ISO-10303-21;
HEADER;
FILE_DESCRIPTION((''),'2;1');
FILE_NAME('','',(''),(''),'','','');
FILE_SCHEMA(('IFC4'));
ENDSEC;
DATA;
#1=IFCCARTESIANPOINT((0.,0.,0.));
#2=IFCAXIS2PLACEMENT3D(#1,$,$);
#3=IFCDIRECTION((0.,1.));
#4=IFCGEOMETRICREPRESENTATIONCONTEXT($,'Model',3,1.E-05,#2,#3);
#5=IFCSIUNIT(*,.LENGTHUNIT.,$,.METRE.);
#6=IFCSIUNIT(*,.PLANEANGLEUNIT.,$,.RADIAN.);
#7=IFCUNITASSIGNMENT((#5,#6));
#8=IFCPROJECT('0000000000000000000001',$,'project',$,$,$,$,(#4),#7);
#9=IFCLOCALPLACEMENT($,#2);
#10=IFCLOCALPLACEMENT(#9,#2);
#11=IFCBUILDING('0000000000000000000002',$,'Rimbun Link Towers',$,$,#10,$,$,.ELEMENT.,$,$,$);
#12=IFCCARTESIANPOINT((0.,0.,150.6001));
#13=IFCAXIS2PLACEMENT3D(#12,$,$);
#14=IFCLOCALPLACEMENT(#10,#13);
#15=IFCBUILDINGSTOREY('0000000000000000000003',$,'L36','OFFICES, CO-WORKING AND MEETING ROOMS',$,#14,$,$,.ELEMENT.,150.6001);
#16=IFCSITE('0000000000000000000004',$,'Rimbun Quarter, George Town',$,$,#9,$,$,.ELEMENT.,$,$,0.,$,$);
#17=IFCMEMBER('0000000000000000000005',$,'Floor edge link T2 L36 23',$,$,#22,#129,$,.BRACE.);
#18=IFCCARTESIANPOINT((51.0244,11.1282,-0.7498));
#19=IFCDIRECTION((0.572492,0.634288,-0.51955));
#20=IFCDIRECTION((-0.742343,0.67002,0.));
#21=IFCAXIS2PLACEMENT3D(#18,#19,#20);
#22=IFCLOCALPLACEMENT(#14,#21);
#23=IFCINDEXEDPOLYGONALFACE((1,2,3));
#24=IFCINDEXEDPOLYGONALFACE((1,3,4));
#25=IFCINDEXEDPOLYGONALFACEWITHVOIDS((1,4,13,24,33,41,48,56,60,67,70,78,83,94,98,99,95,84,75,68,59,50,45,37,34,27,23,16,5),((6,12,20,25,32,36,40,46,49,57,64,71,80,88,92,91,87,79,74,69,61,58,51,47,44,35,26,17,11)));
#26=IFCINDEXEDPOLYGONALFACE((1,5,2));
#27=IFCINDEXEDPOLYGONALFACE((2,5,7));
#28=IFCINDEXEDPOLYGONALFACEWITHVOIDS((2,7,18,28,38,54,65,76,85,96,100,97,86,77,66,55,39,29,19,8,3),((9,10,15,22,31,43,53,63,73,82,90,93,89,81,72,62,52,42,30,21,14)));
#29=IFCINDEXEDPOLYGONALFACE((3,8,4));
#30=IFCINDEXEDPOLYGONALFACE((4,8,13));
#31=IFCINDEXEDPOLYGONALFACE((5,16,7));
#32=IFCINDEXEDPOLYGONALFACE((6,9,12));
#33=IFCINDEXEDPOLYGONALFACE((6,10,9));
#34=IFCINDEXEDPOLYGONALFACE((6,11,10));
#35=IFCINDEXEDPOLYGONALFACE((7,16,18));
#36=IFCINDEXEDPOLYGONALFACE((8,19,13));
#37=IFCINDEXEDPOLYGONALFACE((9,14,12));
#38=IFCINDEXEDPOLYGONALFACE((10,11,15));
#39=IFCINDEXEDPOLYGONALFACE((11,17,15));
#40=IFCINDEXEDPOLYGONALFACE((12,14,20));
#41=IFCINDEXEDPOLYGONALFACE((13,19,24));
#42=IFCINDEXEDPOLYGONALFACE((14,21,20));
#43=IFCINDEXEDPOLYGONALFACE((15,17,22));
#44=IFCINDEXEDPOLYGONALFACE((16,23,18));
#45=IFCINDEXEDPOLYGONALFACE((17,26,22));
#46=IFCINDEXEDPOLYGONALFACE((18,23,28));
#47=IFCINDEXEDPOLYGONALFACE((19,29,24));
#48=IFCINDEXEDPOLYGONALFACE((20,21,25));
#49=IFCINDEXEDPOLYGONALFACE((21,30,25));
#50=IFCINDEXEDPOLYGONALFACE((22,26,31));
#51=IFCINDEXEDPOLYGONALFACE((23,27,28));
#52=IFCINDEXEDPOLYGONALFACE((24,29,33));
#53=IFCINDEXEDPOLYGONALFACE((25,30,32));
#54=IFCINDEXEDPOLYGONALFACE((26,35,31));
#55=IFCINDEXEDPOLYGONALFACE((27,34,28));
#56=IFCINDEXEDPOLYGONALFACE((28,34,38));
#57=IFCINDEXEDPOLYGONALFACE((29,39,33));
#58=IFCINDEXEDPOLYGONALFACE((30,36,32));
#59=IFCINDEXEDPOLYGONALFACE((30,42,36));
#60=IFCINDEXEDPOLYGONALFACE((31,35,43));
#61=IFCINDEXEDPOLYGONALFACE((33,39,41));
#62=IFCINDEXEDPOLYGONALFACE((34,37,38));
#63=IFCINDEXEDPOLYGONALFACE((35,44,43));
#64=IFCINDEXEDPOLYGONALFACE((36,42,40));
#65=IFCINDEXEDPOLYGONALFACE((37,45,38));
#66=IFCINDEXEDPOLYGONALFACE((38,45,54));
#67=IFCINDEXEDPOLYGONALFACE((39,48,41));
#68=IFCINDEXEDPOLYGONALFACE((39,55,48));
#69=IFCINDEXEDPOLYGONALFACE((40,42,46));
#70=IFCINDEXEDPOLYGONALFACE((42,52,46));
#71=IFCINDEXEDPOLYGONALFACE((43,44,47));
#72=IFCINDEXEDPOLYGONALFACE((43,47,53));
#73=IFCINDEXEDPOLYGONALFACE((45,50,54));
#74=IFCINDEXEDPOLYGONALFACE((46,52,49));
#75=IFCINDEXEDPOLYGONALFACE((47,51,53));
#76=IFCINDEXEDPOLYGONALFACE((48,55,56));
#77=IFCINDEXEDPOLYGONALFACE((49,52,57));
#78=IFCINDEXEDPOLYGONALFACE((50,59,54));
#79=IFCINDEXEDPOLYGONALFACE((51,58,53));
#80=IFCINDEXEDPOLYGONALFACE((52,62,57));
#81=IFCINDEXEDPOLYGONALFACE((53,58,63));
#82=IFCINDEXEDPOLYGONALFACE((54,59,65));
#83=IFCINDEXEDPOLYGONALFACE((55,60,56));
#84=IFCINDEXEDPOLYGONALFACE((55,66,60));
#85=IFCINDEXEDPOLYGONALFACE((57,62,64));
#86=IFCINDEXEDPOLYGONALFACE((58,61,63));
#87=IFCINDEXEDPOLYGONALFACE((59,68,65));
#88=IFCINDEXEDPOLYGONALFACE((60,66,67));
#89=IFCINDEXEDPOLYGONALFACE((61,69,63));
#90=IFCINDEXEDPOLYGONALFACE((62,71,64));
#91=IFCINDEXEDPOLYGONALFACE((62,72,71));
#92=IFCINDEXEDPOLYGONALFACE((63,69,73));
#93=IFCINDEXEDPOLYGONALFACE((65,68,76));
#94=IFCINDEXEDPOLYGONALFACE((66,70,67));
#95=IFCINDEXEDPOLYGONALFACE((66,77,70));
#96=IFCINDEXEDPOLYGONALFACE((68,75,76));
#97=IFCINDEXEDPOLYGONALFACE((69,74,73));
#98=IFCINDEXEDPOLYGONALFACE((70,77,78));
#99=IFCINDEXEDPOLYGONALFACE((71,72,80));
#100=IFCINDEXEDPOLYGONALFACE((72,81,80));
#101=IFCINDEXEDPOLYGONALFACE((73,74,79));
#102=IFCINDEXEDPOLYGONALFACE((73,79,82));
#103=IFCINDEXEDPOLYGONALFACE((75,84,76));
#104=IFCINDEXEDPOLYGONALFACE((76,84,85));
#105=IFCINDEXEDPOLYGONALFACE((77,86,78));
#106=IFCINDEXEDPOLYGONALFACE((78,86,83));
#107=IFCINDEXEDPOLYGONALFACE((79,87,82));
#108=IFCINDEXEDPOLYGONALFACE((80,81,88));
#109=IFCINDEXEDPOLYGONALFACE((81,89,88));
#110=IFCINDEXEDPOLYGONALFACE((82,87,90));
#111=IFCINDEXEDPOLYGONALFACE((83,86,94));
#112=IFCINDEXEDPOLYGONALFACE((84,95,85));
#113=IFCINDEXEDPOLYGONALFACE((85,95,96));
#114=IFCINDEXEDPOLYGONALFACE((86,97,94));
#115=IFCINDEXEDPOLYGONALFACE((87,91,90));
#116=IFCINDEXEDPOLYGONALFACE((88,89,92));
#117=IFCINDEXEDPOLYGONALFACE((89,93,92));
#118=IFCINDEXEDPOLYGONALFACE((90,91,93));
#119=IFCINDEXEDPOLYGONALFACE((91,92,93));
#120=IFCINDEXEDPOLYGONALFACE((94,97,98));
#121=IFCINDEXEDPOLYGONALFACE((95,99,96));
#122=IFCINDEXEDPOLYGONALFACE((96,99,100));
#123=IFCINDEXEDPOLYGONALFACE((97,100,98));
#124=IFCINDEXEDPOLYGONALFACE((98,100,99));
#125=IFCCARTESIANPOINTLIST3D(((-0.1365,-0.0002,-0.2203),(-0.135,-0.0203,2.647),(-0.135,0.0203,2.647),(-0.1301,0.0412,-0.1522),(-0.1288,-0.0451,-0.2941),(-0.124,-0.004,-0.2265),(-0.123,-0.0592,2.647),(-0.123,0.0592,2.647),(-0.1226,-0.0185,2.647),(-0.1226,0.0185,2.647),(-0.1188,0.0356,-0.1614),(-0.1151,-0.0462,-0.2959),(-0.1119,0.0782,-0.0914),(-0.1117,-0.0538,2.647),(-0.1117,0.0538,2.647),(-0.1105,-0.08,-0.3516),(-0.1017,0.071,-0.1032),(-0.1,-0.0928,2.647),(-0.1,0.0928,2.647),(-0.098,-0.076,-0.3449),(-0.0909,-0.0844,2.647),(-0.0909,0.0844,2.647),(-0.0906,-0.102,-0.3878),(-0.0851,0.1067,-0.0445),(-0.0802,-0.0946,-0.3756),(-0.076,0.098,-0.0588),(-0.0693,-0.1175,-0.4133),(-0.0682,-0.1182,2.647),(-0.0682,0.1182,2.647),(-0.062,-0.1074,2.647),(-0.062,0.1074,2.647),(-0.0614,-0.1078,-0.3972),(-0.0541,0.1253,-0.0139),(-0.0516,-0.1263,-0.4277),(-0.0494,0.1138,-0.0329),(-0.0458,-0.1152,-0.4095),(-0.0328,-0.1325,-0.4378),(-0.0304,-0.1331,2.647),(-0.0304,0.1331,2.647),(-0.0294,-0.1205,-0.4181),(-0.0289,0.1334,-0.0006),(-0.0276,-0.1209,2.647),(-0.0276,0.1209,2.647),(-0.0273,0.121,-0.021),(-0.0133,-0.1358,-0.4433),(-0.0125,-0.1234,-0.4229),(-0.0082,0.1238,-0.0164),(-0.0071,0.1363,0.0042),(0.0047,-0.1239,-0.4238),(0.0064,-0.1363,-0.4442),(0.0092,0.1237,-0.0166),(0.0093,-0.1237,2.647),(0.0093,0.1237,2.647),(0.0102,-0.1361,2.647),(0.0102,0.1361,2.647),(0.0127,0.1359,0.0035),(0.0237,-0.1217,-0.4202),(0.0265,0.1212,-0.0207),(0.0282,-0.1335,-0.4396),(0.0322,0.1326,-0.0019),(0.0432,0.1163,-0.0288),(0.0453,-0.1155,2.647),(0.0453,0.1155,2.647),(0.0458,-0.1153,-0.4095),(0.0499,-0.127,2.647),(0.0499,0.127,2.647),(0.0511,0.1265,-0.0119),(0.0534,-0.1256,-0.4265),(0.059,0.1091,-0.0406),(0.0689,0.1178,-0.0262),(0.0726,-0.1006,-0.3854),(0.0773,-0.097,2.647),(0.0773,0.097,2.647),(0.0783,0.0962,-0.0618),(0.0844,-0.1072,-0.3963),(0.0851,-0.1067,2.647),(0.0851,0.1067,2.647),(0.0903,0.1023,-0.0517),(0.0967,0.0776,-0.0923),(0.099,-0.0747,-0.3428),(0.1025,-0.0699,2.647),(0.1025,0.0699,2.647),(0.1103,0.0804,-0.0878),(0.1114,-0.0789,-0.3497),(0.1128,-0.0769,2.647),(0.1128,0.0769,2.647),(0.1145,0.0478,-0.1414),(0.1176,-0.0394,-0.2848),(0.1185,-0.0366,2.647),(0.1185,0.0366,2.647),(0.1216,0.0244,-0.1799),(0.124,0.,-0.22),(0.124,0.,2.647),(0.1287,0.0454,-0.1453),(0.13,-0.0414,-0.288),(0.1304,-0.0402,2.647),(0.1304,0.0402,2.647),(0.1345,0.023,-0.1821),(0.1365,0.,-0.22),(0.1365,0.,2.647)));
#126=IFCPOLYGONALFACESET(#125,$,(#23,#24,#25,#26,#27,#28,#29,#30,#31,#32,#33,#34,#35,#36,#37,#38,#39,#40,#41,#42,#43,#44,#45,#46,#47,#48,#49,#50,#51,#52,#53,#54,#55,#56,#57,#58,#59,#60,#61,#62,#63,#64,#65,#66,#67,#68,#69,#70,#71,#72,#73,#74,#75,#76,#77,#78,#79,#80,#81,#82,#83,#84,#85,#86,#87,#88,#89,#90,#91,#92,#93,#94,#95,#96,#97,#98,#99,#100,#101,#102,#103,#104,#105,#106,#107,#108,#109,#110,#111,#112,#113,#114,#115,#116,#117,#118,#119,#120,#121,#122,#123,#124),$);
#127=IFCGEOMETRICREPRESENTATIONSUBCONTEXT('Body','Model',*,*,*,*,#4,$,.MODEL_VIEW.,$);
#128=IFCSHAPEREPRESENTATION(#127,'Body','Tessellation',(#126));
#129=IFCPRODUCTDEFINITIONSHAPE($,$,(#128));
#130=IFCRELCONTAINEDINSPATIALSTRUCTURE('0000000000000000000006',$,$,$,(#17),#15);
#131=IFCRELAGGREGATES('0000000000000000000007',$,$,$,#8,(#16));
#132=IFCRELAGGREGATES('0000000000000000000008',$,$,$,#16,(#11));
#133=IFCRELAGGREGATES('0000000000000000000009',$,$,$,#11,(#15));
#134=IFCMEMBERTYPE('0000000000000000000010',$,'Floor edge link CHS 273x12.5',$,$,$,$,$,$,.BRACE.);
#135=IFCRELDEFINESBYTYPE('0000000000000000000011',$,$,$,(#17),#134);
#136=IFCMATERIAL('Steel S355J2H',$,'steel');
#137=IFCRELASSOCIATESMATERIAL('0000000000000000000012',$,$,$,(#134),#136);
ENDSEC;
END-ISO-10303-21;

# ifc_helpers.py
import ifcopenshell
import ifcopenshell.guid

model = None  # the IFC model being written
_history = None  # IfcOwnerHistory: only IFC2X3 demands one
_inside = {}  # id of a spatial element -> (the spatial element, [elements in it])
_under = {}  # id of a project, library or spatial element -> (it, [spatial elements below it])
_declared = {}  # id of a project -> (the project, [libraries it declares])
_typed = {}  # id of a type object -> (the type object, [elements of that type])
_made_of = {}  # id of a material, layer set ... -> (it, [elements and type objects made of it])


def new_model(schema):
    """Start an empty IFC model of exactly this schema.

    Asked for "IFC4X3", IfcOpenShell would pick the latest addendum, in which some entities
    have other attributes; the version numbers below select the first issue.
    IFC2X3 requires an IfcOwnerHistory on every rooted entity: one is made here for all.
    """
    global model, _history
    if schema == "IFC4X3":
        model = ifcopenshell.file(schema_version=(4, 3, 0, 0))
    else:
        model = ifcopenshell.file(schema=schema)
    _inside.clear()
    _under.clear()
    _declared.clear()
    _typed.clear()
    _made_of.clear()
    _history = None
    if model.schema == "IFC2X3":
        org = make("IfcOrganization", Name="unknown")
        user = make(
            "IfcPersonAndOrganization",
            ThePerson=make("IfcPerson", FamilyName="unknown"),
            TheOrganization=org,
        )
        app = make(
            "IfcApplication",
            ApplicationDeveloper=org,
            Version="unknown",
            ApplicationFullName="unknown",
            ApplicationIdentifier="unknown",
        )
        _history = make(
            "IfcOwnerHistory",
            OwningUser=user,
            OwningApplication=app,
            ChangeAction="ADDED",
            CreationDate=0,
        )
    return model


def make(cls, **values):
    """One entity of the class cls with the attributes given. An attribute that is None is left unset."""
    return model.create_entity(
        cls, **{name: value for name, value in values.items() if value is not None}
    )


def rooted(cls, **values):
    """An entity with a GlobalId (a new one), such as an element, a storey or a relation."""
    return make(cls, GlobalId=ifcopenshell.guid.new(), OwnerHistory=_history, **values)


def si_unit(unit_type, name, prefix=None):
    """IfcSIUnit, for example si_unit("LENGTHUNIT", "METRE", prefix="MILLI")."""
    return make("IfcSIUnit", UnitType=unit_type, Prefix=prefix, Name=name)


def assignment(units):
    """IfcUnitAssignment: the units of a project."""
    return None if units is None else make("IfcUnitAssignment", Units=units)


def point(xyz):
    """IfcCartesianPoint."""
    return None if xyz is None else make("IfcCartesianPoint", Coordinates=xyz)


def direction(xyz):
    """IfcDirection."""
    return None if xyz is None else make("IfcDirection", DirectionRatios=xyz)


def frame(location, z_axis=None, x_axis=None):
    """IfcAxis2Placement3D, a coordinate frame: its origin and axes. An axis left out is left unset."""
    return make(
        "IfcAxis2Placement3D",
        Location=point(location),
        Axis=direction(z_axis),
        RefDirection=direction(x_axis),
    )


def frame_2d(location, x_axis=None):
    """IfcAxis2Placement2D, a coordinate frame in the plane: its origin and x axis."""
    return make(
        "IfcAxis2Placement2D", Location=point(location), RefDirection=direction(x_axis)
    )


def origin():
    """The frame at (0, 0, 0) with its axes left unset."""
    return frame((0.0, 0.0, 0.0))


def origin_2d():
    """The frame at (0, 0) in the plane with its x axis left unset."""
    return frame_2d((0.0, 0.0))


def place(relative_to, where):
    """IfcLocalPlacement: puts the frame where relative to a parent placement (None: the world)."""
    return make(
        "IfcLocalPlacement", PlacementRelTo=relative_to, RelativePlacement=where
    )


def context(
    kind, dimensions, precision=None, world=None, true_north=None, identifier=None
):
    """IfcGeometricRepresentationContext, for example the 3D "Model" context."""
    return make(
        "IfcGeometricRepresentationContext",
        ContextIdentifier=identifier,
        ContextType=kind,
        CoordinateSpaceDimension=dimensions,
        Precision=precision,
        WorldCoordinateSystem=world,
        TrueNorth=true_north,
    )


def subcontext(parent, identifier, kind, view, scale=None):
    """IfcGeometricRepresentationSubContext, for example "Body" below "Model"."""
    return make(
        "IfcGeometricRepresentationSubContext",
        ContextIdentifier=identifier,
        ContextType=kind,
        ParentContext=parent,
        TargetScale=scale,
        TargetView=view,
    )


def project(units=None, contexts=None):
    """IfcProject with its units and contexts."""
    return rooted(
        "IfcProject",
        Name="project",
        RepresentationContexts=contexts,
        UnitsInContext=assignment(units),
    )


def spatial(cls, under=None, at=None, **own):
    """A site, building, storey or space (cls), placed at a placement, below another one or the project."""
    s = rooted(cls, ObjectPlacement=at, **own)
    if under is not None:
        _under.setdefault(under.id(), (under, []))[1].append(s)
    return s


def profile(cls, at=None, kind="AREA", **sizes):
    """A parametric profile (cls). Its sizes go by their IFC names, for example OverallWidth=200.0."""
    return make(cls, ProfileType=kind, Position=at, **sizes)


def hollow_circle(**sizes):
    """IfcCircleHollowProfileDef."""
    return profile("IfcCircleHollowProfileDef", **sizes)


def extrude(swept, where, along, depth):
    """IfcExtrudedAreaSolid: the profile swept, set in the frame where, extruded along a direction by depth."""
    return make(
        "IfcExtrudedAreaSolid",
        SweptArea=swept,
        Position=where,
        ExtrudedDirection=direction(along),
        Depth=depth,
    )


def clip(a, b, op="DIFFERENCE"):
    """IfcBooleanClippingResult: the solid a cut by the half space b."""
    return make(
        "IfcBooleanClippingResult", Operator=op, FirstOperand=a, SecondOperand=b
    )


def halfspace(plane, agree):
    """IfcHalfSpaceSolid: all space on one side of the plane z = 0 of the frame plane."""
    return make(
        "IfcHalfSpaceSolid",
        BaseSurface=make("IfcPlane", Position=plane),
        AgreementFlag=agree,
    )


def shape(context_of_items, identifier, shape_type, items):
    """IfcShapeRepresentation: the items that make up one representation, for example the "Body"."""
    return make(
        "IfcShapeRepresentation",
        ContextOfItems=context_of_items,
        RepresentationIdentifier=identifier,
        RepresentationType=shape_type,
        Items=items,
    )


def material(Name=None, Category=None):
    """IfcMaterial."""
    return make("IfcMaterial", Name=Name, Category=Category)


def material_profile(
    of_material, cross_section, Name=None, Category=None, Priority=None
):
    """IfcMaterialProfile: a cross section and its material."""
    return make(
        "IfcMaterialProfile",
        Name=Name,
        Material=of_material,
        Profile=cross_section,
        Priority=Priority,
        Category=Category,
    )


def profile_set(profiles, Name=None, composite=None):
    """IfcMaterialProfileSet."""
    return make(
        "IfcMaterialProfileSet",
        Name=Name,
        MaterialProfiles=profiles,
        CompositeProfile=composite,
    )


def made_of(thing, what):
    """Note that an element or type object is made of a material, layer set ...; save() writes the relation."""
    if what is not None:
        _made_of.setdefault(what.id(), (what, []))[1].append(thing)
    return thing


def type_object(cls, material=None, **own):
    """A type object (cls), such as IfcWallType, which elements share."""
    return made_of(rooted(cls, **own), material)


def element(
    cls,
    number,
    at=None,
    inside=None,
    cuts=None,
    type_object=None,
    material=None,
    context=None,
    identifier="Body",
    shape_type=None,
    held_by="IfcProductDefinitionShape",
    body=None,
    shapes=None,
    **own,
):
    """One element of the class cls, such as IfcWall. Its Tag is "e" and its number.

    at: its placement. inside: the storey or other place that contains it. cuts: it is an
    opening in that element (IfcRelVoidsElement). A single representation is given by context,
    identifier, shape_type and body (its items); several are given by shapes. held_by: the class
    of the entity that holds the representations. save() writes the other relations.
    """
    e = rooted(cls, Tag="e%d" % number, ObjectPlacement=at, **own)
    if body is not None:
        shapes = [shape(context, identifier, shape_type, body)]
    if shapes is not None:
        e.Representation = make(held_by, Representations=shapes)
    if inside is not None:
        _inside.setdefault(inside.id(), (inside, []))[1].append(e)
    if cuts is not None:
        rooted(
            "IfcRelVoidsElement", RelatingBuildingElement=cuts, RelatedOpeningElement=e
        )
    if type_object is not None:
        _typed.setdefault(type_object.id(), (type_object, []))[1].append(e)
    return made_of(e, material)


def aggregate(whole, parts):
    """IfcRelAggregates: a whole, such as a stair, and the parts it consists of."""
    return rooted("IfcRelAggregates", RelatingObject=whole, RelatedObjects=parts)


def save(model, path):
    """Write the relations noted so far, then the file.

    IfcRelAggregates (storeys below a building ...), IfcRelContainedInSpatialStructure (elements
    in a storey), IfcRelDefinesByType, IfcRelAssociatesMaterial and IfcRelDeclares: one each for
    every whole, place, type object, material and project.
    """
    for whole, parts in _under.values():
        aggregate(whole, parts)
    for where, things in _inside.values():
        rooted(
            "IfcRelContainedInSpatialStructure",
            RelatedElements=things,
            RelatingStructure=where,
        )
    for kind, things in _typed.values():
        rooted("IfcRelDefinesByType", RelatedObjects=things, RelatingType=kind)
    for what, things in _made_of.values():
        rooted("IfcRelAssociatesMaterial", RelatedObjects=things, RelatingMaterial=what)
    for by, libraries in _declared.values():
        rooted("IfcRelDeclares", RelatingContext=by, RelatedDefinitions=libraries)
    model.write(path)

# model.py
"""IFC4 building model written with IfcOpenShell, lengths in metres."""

from ifc_helpers import new_model, si_unit, direction, frame, origin, origin_2d, place, context, subcontext, project, spatial, hollow_circle, extrude, clip, halfspace, material, material_profile, profile_set, type_object, element, save


model = new_model("IFC4")

# Units and contexts
model_context = context("Model", 3, precision=1e-05, world=origin(), true_north=direction((0.0, 1.0)))
body_context = subcontext(model_context, "Body", "Model", "MODEL_VIEW")
ifc_project = project(units=[si_unit("LENGTHUNIT", "METRE"), si_unit("PLANEANGLEUNIT", "RADIAN")], contexts=[model_context])

# Site, building, storey
site_placement = place(None, origin())
site = spatial("IfcSite", under=ifc_project, at=site_placement, Name="Rimbun Quarter, George Town", CompositionType="ELEMENT", RefElevation=0.0)
building_placement = place(site_placement, origin())
building = spatial("IfcBuilding", under=site, at=building_placement, Name="Rimbun Link Towers", CompositionType="ELEMENT")
storey_placement = place(building_placement, frame((0.0, 0.0, 150.6001)))
storey = spatial("IfcBuildingStorey", under=building, at=storey_placement, Name="L36", Description="OFFICES, CO-WORKING AND MEETING ROOMS", CompositionType="ELEMENT", Elevation=150.6001)

# Member
ifc_material_1 = material(Name="Steel S355J2H", Category="steel")
ifc_material_profile_1 = material_profile(ifc_material_1, hollow_circle(Radius=0.1365, WallThickness=0.0125, at=origin_2d()), Name="CHS 273x12.5")
ifc_profile_set_1 = profile_set([ifc_material_profile_1], Name="Steel S355J2H")
member_type = type_object("IfcMemberType", Name="Floor edge link CHS 273x12.5", PredefinedType="BRACE", material=ifc_profile_set_1)
member_placement = place(storey_placement, frame((51.0244, 11.1282, -0.7498), z_axis=(0.572492, 0.634288, -0.51955), x_axis=(-0.742343, 0.67002, 0.0)))
element("IfcMember", 1, at=member_placement, inside=storey, type_object=member_type, Name="Floor edge link T2 L36 23", PredefinedType="BRACE", context=body_context, shape_type="Clipping", body=[
    clip(extrude(hollow_circle(Radius=0.1365, WallThickness=0.0125, at=origin_2d()), frame((0.0, 0.0, -0.4683)), (0.0, 0.0, 1.0), 3.1152), halfspace(frame((0.0, 0.0, -0.22), z_axis=(0.0, 0.85444, -0.51955)), False)),
])

save(model, "model.ifc")
